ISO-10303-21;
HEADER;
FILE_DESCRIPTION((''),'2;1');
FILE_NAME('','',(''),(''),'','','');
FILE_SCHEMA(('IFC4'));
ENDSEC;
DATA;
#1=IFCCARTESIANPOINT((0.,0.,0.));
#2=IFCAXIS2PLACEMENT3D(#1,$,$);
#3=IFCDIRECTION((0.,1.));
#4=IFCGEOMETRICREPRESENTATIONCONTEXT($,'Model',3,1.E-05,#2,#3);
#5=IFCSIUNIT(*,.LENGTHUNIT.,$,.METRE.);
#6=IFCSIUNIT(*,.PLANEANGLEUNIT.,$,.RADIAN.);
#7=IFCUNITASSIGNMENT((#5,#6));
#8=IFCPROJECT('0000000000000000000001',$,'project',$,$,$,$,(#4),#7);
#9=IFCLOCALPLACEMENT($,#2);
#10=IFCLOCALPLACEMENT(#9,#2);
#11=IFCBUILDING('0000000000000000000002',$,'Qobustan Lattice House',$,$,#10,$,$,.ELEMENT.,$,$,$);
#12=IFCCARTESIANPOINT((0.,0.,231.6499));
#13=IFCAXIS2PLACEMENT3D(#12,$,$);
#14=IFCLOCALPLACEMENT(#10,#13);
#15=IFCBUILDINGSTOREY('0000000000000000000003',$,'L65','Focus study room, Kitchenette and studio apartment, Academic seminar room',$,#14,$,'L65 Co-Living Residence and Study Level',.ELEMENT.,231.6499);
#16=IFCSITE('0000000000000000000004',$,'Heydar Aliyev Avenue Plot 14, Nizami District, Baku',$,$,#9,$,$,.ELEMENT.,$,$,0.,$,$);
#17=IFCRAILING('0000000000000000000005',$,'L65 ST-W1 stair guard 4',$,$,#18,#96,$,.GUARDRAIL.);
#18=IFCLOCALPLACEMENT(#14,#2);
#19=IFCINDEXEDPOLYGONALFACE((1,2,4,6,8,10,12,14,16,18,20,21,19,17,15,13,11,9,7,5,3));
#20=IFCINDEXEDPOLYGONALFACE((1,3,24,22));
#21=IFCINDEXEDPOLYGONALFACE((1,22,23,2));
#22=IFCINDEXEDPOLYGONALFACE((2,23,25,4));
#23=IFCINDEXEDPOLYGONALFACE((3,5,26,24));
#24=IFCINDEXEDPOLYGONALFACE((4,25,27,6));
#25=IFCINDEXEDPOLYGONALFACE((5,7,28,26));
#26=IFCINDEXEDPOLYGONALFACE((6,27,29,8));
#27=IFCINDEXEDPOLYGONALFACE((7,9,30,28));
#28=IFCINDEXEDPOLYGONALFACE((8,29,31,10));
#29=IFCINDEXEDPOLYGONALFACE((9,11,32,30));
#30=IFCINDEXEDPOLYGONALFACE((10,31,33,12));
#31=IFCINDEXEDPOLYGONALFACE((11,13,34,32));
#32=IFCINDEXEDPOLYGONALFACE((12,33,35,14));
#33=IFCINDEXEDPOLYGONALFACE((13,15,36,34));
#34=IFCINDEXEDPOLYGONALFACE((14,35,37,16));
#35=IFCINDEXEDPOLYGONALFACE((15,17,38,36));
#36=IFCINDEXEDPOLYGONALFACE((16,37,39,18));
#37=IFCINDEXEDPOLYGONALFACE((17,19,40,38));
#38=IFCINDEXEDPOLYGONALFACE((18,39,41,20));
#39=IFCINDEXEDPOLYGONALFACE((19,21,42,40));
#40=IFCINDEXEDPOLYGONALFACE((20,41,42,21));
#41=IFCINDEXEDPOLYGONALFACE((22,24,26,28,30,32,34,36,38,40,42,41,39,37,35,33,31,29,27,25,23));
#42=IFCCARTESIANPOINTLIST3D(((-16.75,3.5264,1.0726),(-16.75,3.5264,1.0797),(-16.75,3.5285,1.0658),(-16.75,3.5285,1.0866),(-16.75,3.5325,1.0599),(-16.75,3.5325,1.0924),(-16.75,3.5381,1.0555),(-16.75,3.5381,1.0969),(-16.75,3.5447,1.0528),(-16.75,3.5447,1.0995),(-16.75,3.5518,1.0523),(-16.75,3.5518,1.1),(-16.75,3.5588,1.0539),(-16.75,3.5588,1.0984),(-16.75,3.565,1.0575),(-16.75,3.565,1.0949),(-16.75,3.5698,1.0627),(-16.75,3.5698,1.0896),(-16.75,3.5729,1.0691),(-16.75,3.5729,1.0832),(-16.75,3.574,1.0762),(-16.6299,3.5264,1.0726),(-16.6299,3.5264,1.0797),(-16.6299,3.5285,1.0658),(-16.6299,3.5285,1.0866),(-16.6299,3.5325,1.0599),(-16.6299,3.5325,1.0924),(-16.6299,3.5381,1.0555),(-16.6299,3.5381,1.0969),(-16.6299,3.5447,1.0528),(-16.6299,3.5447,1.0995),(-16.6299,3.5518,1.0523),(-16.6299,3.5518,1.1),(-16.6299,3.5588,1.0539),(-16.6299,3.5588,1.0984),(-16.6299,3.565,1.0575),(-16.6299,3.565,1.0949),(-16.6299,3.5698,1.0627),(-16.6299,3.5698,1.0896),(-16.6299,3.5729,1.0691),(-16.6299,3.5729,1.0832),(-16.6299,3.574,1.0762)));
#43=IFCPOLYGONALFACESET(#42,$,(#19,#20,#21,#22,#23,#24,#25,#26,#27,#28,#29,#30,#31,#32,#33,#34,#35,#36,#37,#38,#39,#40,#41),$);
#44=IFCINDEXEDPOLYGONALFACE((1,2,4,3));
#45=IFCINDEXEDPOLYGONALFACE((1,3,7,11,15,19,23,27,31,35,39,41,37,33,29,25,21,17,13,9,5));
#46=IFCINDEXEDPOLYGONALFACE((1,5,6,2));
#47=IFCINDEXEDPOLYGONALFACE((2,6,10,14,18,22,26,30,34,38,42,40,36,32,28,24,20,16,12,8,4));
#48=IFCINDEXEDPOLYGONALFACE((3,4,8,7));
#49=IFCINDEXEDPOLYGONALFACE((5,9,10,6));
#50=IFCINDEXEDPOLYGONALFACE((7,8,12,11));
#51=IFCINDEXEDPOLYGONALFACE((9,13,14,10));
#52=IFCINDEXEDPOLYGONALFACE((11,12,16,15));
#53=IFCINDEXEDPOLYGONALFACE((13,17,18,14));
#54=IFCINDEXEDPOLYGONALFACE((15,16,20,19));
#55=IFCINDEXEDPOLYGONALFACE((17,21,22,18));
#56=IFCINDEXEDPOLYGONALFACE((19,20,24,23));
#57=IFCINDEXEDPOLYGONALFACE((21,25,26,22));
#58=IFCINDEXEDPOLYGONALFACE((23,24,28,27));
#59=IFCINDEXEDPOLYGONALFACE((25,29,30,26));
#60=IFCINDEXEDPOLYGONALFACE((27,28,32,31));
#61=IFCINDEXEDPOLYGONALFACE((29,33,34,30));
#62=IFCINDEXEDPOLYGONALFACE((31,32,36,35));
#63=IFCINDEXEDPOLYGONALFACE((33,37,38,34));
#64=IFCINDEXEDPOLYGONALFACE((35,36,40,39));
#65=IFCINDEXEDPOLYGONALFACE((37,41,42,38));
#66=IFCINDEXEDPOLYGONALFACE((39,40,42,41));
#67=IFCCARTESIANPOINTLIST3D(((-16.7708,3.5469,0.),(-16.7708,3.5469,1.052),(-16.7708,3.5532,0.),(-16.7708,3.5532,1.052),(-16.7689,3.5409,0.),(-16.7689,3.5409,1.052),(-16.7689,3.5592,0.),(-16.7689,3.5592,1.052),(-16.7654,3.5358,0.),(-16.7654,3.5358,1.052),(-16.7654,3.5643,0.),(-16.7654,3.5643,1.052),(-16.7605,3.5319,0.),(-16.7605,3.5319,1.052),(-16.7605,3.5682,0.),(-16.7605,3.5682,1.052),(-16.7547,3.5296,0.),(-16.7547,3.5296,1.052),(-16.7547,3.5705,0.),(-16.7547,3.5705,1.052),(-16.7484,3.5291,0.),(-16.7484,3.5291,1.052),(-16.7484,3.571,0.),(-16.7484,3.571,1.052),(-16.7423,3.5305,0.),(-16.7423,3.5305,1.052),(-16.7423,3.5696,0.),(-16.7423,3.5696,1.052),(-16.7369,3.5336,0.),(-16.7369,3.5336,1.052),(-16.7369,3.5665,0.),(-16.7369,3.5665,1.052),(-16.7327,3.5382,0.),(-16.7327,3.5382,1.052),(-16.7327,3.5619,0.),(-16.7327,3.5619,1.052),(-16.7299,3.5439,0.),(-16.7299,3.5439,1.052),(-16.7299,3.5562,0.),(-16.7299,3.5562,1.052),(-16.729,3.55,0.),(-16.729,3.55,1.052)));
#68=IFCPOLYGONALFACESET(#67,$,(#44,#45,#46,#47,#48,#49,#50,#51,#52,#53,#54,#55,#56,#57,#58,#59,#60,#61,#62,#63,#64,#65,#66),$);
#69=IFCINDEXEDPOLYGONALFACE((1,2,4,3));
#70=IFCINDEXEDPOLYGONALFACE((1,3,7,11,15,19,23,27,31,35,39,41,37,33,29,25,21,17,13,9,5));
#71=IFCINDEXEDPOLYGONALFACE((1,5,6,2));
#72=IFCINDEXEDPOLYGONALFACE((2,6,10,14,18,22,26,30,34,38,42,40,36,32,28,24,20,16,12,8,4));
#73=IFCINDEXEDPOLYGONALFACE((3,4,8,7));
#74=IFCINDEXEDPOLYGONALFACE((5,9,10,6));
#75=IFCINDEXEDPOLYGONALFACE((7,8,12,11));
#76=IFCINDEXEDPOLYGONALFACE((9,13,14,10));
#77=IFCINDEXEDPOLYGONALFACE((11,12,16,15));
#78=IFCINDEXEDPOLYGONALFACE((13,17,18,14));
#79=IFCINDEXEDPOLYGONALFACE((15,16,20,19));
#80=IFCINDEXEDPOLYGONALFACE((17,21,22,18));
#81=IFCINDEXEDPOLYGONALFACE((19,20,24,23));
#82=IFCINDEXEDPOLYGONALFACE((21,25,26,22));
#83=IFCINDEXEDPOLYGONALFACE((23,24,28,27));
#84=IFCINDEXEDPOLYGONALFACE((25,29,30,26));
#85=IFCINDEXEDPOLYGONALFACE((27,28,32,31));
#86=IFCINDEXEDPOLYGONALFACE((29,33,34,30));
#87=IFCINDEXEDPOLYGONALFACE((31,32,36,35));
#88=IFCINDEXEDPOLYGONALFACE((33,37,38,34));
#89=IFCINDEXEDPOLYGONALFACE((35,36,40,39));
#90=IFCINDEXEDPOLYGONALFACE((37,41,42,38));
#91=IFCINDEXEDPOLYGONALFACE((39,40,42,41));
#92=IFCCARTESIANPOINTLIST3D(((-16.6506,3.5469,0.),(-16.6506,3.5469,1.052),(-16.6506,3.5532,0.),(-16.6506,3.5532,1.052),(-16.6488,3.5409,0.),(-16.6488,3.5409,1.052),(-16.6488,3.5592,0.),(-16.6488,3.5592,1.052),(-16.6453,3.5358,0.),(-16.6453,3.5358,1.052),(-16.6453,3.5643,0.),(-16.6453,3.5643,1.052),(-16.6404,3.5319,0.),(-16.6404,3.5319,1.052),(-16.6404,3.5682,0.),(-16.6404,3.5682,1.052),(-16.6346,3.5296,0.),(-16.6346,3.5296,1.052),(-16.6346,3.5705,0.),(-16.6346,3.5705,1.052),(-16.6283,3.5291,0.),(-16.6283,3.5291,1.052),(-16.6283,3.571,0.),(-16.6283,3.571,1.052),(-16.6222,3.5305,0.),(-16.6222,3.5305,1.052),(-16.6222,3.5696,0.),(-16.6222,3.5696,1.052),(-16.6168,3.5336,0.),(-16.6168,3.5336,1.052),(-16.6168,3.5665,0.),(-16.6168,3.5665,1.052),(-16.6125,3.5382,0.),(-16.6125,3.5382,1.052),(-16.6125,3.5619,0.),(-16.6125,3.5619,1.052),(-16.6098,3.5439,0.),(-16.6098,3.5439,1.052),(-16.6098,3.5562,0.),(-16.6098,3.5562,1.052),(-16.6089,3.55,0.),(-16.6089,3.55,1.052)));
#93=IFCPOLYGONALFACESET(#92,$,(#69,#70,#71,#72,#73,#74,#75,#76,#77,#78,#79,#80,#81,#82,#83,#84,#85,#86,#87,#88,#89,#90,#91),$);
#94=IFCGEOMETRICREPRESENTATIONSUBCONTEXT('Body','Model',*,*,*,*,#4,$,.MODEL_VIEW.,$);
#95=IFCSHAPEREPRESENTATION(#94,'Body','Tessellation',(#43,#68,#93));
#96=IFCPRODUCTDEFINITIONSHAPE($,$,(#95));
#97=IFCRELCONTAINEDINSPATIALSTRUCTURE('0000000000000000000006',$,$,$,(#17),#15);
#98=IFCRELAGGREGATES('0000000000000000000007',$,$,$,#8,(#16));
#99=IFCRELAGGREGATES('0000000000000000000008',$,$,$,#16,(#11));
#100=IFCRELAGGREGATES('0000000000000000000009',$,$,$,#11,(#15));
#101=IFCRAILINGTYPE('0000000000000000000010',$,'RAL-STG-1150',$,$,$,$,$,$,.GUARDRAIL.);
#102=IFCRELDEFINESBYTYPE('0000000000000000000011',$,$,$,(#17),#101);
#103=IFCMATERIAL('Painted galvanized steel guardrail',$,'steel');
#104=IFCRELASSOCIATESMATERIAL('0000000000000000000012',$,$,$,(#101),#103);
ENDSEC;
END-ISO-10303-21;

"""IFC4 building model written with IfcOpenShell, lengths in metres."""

from ifc_helpers import new_model, si_unit, direction, frame, origin, origin_2d, place, context, subcontext, project, spatial, circle, extrude, material, type_object, element, save


model = new_model("IFC4")

# Units and contexts
model_context = context("Model", 3, precision=1e-05, world=origin(), true_north=direction((0.0, 1.0)))
body_context = subcontext(model_context, "Body", "Model", "MODEL_VIEW")
ifc_project = project(units=[si_unit("LENGTHUNIT", "METRE"), si_unit("PLANEANGLEUNIT", "RADIAN")], contexts=[model_context])

# Site, building, storey
site_placement = place(None, origin())
site = spatial("IfcSite", under=ifc_project, at=site_placement, Name="Heydar Aliyev Avenue Plot 14, Nizami District, Baku", CompositionType="ELEMENT", RefElevation=0.0)
building_placement = place(site_placement, origin())
building = spatial("IfcBuilding", under=site, at=building_placement, Name="Qobustan Lattice House", CompositionType="ELEMENT")
storey_placement = place(building_placement, frame((0.0, 0.0, 231.6499)))
storey = spatial("IfcBuildingStorey", under=building, at=storey_placement, Name="L65", Description="Focus study room, Kitchenette and studio apartment, Academic seminar room", LongName="L65 Co-Living Residence and Study Level", CompositionType="ELEMENT", Elevation=231.6499)

# Railing
ifc_material_1 = material(Name="Painted galvanized steel guardrail", Category="steel")
railing_type_1 = type_object("IfcRailingType", Name="RAL-STG-1150", PredefinedType="GUARDRAIL", material=ifc_material_1)
railing_1_placement = place(storey_placement, frame((-16.75, 3.55, 0.0)))
element("IfcRailing", 1, at=railing_1_placement, inside=storey, type_object=railing_type_1, Name="L65 ST-W1 stair guard 4", PredefinedType="GUARDRAIL", context=body_context, shape_type="SweptSolid", body=[
    extrude(circle(Radius=0.0239, at=origin_2d()), frame((0.0, 0.0, 1.0762), z_axis=(1.0, 0.0, 0.0), x_axis=(0.0, 1.0, 0.0)), (0.0, 0.0, 1.0), 0.1201),
    extrude(circle(Radius=0.021, at=origin_2d()), origin(), (0.0, 0.0, 1.0), 1.052),
    extrude(circle(Radius=0.021, at=origin_2d()), frame((0.1201, 0.0, 0.0)), (0.0, 0.0, 1.0), 1.052),
])

save(model, "model.ifc")
